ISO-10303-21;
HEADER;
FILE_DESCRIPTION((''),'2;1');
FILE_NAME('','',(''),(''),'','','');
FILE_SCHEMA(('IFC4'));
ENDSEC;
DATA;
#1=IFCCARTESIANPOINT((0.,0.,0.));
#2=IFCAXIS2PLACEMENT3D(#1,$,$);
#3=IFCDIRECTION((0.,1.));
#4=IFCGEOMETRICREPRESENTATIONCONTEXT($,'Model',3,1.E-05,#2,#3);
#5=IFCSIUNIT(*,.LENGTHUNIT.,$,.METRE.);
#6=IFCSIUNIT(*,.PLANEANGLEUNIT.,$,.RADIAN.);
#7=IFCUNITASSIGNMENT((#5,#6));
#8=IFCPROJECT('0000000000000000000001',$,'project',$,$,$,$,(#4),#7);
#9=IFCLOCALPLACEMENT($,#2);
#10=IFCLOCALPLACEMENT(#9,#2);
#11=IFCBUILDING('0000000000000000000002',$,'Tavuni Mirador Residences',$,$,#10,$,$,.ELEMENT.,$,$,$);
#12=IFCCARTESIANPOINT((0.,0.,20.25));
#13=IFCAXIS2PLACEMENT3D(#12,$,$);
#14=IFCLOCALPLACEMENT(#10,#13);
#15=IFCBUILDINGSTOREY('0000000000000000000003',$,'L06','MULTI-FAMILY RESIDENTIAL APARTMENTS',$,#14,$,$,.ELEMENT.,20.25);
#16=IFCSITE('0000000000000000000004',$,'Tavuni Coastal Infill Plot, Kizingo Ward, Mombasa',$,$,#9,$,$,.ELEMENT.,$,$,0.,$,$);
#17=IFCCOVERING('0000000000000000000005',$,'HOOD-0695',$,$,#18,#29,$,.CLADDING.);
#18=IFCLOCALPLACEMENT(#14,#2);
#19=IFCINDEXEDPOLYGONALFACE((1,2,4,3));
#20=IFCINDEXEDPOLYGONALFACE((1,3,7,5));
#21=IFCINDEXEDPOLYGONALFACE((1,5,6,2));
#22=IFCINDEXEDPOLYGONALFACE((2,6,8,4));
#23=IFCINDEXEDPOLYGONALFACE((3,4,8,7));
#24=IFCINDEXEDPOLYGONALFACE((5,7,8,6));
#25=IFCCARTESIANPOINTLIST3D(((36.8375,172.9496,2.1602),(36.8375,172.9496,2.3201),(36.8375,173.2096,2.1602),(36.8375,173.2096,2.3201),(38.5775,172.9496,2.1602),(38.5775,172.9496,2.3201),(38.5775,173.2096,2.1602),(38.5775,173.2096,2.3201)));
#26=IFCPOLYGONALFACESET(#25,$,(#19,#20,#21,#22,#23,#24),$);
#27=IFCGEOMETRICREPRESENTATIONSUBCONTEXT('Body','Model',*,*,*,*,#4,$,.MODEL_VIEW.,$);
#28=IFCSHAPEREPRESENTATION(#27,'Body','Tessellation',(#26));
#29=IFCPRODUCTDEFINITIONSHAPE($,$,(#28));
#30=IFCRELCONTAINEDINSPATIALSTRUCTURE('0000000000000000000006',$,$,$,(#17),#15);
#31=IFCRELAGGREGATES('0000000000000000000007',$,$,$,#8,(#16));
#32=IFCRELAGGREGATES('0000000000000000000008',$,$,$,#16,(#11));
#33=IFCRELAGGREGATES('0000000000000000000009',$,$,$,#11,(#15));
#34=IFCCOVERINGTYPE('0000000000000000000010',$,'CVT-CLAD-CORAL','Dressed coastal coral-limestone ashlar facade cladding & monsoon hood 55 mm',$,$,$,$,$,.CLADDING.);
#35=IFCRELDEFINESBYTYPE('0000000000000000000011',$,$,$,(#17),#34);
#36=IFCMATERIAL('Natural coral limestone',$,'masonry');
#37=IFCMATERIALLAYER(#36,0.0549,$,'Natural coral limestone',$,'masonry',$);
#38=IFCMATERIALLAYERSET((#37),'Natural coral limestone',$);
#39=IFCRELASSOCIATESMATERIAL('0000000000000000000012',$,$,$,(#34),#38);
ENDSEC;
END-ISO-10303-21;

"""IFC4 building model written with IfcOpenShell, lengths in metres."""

from ifc_helpers import new_model, si_unit, direction, frame, origin, origin_2d, place, context, subcontext, project, spatial, rectangle, extrude, material, layer, layer_set, type_object, element, save


model = new_model("IFC4")

# Units and contexts
model_context = context("Model", 3, precision=1e-05, world=origin(), true_north=direction((0.0, 1.0)))
body_context = subcontext(model_context, "Body", "Model", "MODEL_VIEW")
ifc_project = project(units=[si_unit("LENGTHUNIT", "METRE"), si_unit("PLANEANGLEUNIT", "RADIAN")], contexts=[model_context])

# Site, building, storey
site_placement = place(None, origin())
site = spatial("IfcSite", under=ifc_project, at=site_placement, Name="Tavuni Coastal Infill Plot, Kizingo Ward, Mombasa", CompositionType="ELEMENT", RefElevation=0.0)
building_placement = place(site_placement, origin())
building = spatial("IfcBuilding", under=site, at=building_placement, Name="Tavuni Mirador Residences", CompositionType="ELEMENT")
storey_placement = place(building_placement, frame((0.0, 0.0, 20.25)))
storey = spatial("IfcBuildingStorey", under=building, at=storey_placement, Name="L06", Description="MULTI-FAMILY RESIDENTIAL APARTMENTS", CompositionType="ELEMENT", Elevation=20.25)

# Covering
ifc_material_1 = material(Name="Natural coral limestone", Category="masonry")
ifc_layer_1 = layer(ifc_material_1, 0.0549, Name="Natural coral limestone", Category="masonry")
ifc_layer_set_1 = layer_set([ifc_layer_1], Name="Natural coral limestone")
covering_type = type_object("IfcCoveringType", Name="CVT-CLAD-CORAL", Description="Dressed coastal coral-limestone ashlar facade cladding & monsoon hood 55 mm", PredefinedType="CLADDING", material=ifc_layer_set_1)
covering_placement = place(storey_placement, frame((37.7075, 173.0796, 2.1602), z_axis=(0.0, 0.0, 1.0), x_axis=(-1.0, 0.0, 0.0)))
element("IfcCovering", 1, at=covering_placement, inside=storey, type_object=covering_type, Name="HOOD-0695", PredefinedType="CLADDING", context=body_context, shape_type="SweptSolid", body=[
    extrude(rectangle(XDim=1.74, YDim=0.26, at=origin_2d()), origin(), (0.0, 0.0, 1.0), 0.1599),
])

save(model, "model.ifc")
